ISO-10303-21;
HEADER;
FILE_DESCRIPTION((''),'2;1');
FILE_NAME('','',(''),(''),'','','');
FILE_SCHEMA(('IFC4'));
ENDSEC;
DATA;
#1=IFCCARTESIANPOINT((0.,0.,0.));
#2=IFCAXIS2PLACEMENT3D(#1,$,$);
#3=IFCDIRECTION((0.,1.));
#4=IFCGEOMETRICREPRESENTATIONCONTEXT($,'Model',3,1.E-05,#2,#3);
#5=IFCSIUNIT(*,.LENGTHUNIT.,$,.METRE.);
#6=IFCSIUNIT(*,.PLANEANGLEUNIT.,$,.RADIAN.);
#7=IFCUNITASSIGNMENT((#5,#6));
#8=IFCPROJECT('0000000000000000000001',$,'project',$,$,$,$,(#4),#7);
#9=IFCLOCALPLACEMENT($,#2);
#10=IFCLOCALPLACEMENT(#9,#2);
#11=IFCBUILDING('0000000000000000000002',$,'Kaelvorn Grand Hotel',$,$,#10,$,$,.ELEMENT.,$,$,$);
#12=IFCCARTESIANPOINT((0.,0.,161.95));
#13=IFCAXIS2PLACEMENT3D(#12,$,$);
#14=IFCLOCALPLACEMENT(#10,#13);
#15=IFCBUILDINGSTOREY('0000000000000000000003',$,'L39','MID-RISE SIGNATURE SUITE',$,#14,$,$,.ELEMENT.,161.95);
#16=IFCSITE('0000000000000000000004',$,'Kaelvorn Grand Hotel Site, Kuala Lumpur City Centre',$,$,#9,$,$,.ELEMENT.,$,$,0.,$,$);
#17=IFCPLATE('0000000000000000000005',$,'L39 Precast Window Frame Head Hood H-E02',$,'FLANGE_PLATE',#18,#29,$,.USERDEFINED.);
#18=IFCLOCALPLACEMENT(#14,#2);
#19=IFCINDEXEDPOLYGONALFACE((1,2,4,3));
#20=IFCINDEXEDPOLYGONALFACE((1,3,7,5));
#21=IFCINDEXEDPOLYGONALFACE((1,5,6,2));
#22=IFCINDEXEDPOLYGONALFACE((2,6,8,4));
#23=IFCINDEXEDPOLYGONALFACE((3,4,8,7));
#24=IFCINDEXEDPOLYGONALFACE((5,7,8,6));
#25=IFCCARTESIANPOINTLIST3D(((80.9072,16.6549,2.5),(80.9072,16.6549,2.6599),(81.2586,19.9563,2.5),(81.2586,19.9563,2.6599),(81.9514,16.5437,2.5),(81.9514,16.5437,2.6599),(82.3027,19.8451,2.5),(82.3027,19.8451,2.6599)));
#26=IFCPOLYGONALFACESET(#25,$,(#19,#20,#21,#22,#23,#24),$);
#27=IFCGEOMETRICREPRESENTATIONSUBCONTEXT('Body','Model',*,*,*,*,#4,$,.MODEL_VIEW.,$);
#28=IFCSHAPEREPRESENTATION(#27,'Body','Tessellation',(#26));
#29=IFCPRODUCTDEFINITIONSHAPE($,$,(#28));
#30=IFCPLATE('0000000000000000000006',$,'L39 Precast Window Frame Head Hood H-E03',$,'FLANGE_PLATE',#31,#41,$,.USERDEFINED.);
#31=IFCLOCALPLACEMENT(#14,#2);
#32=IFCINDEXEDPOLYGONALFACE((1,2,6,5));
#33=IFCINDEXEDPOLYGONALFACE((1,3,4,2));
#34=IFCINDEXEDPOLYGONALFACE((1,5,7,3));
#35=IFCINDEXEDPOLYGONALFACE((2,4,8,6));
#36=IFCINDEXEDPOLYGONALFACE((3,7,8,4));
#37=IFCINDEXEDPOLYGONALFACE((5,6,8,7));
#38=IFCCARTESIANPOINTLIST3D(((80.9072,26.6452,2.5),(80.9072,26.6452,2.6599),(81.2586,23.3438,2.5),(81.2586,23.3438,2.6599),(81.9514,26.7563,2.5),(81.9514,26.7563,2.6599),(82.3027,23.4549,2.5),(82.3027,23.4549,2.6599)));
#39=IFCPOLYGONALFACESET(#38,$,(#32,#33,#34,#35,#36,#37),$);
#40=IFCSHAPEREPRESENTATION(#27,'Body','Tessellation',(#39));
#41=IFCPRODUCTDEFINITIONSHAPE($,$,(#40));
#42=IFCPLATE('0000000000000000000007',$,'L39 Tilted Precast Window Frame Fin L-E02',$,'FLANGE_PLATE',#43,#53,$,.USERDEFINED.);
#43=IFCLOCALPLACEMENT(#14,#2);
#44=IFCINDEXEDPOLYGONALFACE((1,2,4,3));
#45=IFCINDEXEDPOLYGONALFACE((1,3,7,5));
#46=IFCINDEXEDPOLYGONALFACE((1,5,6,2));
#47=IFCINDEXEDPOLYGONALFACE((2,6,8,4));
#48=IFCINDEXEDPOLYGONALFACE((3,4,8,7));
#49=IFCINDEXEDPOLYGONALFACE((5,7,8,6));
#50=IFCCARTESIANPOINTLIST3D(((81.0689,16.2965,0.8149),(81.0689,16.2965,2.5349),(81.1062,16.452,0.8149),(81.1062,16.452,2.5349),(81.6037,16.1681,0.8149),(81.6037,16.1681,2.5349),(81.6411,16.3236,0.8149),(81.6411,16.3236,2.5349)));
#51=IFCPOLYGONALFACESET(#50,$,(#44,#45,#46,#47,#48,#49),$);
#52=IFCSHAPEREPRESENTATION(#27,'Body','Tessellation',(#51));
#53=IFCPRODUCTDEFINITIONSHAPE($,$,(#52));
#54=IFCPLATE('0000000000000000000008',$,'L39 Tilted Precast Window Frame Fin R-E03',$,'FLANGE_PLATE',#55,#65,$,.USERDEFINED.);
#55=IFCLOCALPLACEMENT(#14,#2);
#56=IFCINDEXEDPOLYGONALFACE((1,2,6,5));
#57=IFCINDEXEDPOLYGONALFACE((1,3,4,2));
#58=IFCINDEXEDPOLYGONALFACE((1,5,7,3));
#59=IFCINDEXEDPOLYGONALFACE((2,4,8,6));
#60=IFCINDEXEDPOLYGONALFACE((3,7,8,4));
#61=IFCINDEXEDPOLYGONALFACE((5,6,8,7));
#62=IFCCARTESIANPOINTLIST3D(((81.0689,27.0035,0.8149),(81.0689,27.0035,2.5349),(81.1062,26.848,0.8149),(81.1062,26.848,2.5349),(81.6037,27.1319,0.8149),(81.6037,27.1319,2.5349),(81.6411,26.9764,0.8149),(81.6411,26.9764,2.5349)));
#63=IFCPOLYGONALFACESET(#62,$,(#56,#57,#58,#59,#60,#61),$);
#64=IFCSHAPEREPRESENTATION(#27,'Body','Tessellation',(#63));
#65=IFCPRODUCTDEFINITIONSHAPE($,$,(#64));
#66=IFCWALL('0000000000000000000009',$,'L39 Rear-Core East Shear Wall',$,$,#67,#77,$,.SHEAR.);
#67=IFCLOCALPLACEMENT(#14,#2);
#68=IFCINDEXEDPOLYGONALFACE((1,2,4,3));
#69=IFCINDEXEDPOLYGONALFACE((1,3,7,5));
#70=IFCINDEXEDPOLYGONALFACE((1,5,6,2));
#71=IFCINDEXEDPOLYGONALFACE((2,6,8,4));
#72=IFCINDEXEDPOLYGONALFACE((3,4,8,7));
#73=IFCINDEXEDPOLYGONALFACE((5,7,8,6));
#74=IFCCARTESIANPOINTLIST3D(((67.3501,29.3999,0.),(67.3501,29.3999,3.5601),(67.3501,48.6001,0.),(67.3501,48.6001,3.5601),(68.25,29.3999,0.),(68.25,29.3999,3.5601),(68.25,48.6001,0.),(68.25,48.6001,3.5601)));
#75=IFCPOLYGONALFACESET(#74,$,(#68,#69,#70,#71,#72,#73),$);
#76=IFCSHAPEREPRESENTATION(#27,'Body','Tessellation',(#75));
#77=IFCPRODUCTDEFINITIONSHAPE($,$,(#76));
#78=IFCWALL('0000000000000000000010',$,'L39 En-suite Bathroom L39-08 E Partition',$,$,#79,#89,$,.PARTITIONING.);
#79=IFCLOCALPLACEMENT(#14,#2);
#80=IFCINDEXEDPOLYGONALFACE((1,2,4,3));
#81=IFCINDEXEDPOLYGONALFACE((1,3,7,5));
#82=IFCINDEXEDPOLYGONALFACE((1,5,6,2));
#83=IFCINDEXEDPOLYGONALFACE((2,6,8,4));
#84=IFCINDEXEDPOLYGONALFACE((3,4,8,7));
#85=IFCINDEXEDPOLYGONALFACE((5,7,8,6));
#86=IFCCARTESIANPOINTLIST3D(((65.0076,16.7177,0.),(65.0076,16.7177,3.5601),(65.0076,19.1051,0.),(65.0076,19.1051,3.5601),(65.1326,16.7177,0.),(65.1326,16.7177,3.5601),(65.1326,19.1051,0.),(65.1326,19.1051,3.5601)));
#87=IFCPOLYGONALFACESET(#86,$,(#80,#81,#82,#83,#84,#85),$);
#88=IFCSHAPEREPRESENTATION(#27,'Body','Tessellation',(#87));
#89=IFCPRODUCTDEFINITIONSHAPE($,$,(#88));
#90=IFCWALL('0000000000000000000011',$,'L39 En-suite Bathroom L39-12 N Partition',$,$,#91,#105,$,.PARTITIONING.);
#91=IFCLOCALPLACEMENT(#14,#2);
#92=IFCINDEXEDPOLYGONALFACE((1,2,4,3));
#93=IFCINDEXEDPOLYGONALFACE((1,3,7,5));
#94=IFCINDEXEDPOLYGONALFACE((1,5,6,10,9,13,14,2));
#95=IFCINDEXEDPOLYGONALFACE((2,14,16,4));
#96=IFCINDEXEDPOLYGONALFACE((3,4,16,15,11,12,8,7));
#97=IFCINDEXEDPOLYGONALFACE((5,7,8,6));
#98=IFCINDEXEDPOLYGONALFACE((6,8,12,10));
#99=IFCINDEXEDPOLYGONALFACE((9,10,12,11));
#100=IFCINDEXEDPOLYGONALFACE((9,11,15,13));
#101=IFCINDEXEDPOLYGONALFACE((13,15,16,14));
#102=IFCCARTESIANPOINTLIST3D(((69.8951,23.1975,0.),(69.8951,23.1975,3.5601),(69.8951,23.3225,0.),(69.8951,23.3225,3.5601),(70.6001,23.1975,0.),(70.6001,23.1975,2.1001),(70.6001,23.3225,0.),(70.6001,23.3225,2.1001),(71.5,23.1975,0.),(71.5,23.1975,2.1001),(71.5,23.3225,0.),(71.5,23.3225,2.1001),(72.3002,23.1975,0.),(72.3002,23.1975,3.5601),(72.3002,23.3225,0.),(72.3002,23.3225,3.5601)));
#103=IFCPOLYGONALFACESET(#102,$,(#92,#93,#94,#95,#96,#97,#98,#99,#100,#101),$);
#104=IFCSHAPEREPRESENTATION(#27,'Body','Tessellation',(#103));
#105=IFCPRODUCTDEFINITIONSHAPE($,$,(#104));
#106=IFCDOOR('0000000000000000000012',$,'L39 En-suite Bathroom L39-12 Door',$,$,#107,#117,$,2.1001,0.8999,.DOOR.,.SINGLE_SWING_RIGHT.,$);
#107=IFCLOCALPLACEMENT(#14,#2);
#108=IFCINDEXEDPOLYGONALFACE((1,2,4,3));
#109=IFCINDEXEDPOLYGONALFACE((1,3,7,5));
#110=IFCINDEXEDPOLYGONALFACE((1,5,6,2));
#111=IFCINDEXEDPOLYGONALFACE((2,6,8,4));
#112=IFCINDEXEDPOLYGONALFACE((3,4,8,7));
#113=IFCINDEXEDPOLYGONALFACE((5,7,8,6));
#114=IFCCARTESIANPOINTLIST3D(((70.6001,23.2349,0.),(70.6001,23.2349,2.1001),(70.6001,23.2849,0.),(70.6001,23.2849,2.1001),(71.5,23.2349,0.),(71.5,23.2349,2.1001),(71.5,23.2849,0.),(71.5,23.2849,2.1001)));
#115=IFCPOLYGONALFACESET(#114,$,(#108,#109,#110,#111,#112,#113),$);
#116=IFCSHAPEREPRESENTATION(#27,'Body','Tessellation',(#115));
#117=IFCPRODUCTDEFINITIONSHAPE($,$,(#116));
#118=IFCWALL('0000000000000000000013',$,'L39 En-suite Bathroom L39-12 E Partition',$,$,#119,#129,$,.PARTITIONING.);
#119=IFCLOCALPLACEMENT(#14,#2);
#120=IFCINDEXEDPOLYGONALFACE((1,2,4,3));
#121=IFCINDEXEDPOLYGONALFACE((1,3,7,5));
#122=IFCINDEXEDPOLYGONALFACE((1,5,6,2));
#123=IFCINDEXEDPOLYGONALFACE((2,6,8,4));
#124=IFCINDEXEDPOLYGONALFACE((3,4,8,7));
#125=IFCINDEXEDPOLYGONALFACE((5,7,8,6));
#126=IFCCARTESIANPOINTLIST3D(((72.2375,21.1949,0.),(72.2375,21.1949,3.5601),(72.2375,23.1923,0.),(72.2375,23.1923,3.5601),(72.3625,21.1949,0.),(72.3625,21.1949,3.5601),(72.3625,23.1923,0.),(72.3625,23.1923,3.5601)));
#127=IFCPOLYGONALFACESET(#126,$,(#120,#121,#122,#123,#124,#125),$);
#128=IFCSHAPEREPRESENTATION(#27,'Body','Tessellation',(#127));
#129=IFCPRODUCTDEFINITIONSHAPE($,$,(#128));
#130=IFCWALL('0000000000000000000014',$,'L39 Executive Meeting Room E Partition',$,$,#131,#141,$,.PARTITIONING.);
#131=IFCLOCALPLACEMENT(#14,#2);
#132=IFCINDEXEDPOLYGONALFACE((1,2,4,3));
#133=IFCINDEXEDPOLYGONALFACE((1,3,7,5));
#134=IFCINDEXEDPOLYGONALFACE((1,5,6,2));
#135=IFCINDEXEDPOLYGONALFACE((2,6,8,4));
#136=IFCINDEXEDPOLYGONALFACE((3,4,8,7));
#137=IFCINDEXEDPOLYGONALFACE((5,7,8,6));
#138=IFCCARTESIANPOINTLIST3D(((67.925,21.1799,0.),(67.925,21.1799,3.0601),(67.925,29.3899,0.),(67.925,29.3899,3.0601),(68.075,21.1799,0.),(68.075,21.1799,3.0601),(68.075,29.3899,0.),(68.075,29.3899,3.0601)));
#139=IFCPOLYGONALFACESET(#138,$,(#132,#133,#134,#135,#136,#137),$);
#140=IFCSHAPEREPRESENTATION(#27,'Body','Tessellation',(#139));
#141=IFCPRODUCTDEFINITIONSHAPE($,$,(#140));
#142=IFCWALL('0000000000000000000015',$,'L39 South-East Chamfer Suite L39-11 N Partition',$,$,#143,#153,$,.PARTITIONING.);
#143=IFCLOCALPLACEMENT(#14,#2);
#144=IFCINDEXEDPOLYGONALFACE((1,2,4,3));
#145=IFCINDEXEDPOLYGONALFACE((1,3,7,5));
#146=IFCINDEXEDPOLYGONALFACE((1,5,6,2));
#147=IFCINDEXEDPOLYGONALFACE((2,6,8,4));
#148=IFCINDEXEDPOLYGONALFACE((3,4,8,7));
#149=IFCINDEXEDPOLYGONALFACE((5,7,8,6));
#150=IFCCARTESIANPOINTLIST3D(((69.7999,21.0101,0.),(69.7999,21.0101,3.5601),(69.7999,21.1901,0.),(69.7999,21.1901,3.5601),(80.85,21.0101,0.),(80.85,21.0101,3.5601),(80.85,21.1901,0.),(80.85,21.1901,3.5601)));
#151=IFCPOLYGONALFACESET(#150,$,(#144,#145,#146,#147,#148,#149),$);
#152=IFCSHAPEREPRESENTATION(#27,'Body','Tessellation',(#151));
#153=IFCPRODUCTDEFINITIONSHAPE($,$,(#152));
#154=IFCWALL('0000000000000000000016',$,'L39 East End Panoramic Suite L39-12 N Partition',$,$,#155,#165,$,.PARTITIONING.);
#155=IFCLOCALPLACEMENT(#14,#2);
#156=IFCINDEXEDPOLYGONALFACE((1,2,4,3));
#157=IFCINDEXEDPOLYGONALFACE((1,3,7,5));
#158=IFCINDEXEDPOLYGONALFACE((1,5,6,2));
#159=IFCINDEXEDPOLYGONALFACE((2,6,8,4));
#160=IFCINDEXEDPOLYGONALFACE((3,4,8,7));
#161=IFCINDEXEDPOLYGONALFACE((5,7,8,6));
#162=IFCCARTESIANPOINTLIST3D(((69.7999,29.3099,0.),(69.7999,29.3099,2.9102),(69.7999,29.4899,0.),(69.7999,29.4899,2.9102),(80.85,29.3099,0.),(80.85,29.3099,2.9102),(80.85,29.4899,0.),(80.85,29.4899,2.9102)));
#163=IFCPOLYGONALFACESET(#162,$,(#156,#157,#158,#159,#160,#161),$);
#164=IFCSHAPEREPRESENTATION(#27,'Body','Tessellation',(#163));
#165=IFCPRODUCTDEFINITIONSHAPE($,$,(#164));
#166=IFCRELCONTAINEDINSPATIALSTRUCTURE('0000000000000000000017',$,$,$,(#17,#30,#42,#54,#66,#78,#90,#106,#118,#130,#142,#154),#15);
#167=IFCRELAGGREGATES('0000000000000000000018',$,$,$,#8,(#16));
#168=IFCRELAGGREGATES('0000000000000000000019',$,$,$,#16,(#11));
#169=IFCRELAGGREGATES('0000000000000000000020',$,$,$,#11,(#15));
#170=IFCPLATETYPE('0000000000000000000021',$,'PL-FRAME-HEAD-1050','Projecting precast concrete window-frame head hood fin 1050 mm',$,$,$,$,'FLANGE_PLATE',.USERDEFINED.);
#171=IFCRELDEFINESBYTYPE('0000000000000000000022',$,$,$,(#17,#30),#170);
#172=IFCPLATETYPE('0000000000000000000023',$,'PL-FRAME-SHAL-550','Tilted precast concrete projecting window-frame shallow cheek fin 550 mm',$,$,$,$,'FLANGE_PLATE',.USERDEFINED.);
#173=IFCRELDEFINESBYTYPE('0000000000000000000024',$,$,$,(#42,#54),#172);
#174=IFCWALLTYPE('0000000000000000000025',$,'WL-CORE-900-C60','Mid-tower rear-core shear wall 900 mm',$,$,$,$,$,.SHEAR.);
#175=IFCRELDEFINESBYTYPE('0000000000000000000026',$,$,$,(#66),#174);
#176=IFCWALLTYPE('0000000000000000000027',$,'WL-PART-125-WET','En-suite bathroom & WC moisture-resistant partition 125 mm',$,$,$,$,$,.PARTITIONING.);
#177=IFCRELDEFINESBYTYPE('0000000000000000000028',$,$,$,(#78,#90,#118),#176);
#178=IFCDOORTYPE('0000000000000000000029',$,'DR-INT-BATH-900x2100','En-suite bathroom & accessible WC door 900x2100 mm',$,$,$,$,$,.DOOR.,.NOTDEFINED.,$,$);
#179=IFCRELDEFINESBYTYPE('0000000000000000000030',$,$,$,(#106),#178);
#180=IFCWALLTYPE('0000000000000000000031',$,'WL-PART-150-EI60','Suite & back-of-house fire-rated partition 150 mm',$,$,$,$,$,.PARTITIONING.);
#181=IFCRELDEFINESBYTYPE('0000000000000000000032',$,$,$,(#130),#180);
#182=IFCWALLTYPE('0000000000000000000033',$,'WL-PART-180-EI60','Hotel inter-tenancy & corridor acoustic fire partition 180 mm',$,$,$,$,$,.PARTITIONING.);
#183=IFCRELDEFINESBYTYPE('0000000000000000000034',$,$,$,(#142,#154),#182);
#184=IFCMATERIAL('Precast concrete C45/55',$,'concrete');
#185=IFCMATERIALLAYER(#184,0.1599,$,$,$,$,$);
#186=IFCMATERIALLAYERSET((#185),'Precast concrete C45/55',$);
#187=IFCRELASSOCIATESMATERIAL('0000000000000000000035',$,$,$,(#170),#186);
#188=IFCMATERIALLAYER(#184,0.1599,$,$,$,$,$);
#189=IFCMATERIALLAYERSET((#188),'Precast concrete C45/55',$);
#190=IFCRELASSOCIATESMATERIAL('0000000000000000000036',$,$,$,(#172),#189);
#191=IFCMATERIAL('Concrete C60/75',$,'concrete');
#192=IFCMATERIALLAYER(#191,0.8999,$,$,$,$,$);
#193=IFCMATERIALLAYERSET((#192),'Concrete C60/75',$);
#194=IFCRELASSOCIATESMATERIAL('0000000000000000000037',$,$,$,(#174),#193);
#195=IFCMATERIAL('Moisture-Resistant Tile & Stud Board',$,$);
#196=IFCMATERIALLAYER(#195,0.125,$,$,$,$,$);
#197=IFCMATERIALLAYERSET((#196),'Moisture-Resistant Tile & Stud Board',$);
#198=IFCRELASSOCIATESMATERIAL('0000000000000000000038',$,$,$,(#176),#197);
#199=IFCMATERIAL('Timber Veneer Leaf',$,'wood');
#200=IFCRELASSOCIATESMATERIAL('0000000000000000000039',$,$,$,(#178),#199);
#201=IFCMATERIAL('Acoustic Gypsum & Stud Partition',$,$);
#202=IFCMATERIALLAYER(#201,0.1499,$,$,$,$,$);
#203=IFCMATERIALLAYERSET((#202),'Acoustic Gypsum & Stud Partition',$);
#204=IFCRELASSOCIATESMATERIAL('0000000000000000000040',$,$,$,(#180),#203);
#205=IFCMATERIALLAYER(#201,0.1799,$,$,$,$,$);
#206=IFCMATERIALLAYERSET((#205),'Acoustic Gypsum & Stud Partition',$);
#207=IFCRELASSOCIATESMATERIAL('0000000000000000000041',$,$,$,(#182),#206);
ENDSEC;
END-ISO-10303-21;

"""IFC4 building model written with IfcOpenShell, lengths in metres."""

from ifc_helpers import new_model, si_unit, direction, frame, frame_2d, origin, origin_2d, place, context, subcontext, project, spatial, rectangle, extrude, material, layer, layer_set, type_object, element, fill, save


model = new_model("IFC4")

# Units and contexts
model_context = context("Model", 3, precision=1e-05, world=origin(), true_north=direction((0.0, 1.0)))
body_context = subcontext(model_context, "Body", "Model", "MODEL_VIEW")
ifc_project = project(units=[si_unit("LENGTHUNIT", "METRE"), si_unit("PLANEANGLEUNIT", "RADIAN")], contexts=[model_context])

# Site, building, storey
site_placement = place(None, origin())
site = spatial("IfcSite", under=ifc_project, at=site_placement, Name="Kaelvorn Grand Hotel Site, Kuala Lumpur City Centre", CompositionType="ELEMENT", RefElevation=0.0)
building_placement = place(site_placement, origin())
building = spatial("IfcBuilding", under=site, at=building_placement, Name="Kaelvorn Grand Hotel", CompositionType="ELEMENT")
storey_placement = place(building_placement, frame((0.0, 0.0, 161.95)))
storey = spatial("IfcBuildingStorey", under=building, at=storey_placement, Name="L39", Description="MID-RISE SIGNATURE SUITE", CompositionType="ELEMENT", Elevation=161.95)

# Shared definitions
ifc_material_1 = material(Name="Concrete C60/75", Category="concrete")

# Plates
ifc_material_2 = material(Name="Precast concrete C45/55", Category="concrete")
ifc_layer_1 = layer(ifc_material_2, 0.1599)
ifc_layer_set_1 = layer_set([ifc_layer_1], Name="Precast concrete C45/55")
plate_type_1 = type_object("IfcPlateType", Name="PL-FRAME-HEAD-1050", Description="Projecting precast concrete window-frame head hood fin 1050 mm", ElementType="FLANGE_PLATE", PredefinedType="USERDEFINED", material=ifc_layer_set_1)
for number, where, z_axis, x_axis, name in (
    (1, (81.605, 18.25, 2.5), (0.0, 0.0, 1.0), (0.10583, 0.994384, 0.0), "L39 Precast Window Frame Head Hood H-E02"),
    (2, (81.605, 25.05, 2.5), (0.0, 0.0, 1.0), (-0.10583, 0.994384, 0.0), "L39 Precast Window Frame Head Hood H-E03"),
):
    element("IfcPlate", number, at=place(storey_placement, frame(where, z_axis=z_axis, x_axis=x_axis)), inside=storey, type_object=plate_type_1, Name=name, ObjectType="FLANGE_PLATE", PredefinedType="USERDEFINED", context=body_context, shape_type="SweptSolid", body=[
        extrude(rectangle(XDim=3.3201, YDim=1.05, at=origin_2d()), origin(), (0.0, 0.0, 1.0), 0.1599),
    ])
ifc_layer_2 = layer(ifc_material_2, 0.1599)
ifc_layer_set_2 = layer_set([ifc_layer_2], Name="Precast concrete C45/55")
plate_type_2 = type_object("IfcPlateType", Name="PL-FRAME-SHAL-550", Description="Tilted precast concrete projecting window-frame shallow cheek fin 550 mm", ElementType="FLANGE_PLATE", PredefinedType="USERDEFINED", material=ifc_layer_set_2)
for number, where, z_axis, x_axis, name in (
    (3, (81.355, 16.3101, 0.8149), (0.0, 0.0, 1.0), (0.233445, 0.97237, 0.0), "L39 Tilted Precast Window Frame Fin L-E02"),
    (4, (81.355, 26.99, 0.8149), (0.0, 0.0, 1.0), (-0.233445, 0.97237, 0.0), "L39 Tilted Precast Window Frame Fin R-E03"),
):
    element("IfcPlate", number, at=place(storey_placement, frame(where, z_axis=z_axis, x_axis=x_axis)), inside=storey, type_object=plate_type_2, Name=name, ObjectType="FLANGE_PLATE", PredefinedType="USERDEFINED", context=body_context, shape_type="SweptSolid", body=[
        extrude(rectangle(XDim=0.1599, YDim=0.55, at=origin_2d()), origin(), (0.0, 0.0, 1.0), 1.72),
    ])

# Walls
ifc_layer_3 = layer(ifc_material_1, 0.8999)
ifc_layer_set_3 = layer_set([ifc_layer_3], Name="Concrete C60/75")
wall_type_1 = type_object("IfcWallType", Name="WL-CORE-900-C60", Description="Mid-tower rear-core shear wall 900 mm", PredefinedType="SHEAR", material=ifc_layer_set_3)
wall_1_placement = place(storey_placement, frame((67.8, 29.3999, 0.0), z_axis=(0.0, 0.0, 1.0), x_axis=(0.0, 1.0, 0.0)))
element("IfcWall", 5, at=wall_1_placement, inside=storey, type_object=wall_type_1, Name="L39 Rear-Core East Shear Wall", PredefinedType="SHEAR", context=body_context, shape_type="SweptSolid", body=[
    extrude(rectangle(XDim=19.2002, YDim=0.8999, at=frame_2d((9.6001, 0.0))), origin(), (0.0, 0.0, 1.0), 3.5601),
])
ifc_material_3 = material(Name="Moisture-Resistant Tile & Stud Board")
ifc_layer_4 = layer(ifc_material_3, 0.125)
ifc_layer_set_4 = layer_set([ifc_layer_4], Name="Moisture-Resistant Tile & Stud Board")
wall_type_2 = type_object("IfcWallType", Name="WL-PART-125-WET", Description="En-suite bathroom & WC moisture-resistant partition 125 mm", PredefinedType="PARTITIONING", material=ifc_layer_set_4)
wall_2_placement = place(storey_placement, frame((65.0701, 16.7175, 0.0), z_axis=(0.0, 0.0, 1.0), x_axis=(0.0, 1.0, 0.0)))
element("IfcWall", 6, at=wall_2_placement, inside=storey, type_object=wall_type_2, Name="L39 En-suite Bathroom L39-08 E Partition", PredefinedType="PARTITIONING", context=body_context, shape_type="SweptSolid", body=[
    extrude(rectangle(XDim=2.3875, YDim=0.125, at=frame_2d((1.1938, 0.0))), origin(), (0.0, 0.0, 1.0), 3.5601),
])

# Wall, opening, door
wall_3_placement = place(storey_placement, frame((69.895, 23.26, 0.0), z_axis=(0.0, 0.0, 1.0), x_axis=(1.0, 0.0, 0.0)))
wall_3 = element("IfcWall", 7, at=wall_3_placement, inside=storey, type_object=wall_type_2, Name="L39 En-suite Bathroom L39-12 N Partition", PredefinedType="PARTITIONING", context=body_context, shape_type="SweptSolid", body=[
    extrude(rectangle(XDim=2.405, YDim=0.125, at=frame_2d((1.2026, 0.0))), origin(), (0.0, 0.0, 1.0), 3.5601),
])
opening_1_placement = place(wall_3_placement, frame((0.7051, 0.0, 0.0)))
opening_1 = element("IfcOpeningElement", 8, at=opening_1_placement, cuts=wall_3, PredefinedType="OPENING", context=body_context, shape_type="SweptSolid", body=[
    extrude(rectangle(XDim=0.8999, YDim=2.1001, at=frame_2d((0.45, 1.05))), frame((0.0, 0.0725, 0.0), z_axis=(0.0, -1.0, 0.0), x_axis=(1.0, 0.0, 0.0)), (0.0, 0.0, 1.0), 0.145),
])
ifc_material_4 = material(Name="Timber Veneer Leaf", Category="wood")
door_type_1 = type_object("IfcDoorType", Name="DR-INT-BATH-900x2100", Description="En-suite bathroom & accessible WC door 900x2100 mm", OperationType="NOTDEFINED", PredefinedType="DOOR", material=ifc_material_4)
door_1_placement = place(opening_1_placement, origin())
door_1 = element("IfcDoor", 9, at=door_1_placement, inside=storey, type_object=door_type_1, Name="L39 En-suite Bathroom L39-12 Door", OperationType="SINGLE_SWING_RIGHT", OverallHeight=2.1001, OverallWidth=0.8999, PredefinedType="DOOR", context=body_context, shape_type="SweptSolid", body=[
    extrude(rectangle(XDim=0.8999, YDim=2.1001, at=frame_2d((0.45, 1.05))), frame((0.0, 0.0249, 0.0), z_axis=(0.0, -1.0, 0.0), x_axis=(1.0, 0.0, 0.0)), (0.0, 0.0, 1.0), 0.05),
])
fill(opening_1, door_1)

# Walls
wall_4_placement = place(storey_placement, frame((72.3, 21.1951, 0.0), z_axis=(0.0, 0.0, 1.0), x_axis=(0.0, 1.0, 0.0)))
element("IfcWall", 10, at=wall_4_placement, inside=storey, type_object=wall_type_2, Name="L39 En-suite Bathroom L39-12 E Partition", PredefinedType="PARTITIONING", context=body_context, shape_type="SweptSolid", body=[
    extrude(rectangle(XDim=1.9973, YDim=0.125, at=frame_2d((0.9985, 0.0))), origin(), (0.0, 0.0, 1.0), 3.5601),
])
ifc_material_5 = material(Name="Acoustic Gypsum & Stud Partition")
ifc_layer_5 = layer(ifc_material_5, 0.1499)
ifc_layer_set_5 = layer_set([ifc_layer_5], Name="Acoustic Gypsum & Stud Partition")
wall_type_3 = type_object("IfcWallType", Name="WL-PART-150-EI60", Description="Suite & back-of-house fire-rated partition 150 mm", PredefinedType="PARTITIONING", material=ifc_layer_set_5)
wall_5_placement = place(storey_placement, frame((68.0, 21.1799, 0.0), z_axis=(0.0, 0.0, 1.0), x_axis=(0.0, 1.0, 0.0)))
element("IfcWall", 11, at=wall_5_placement, inside=storey, type_object=wall_type_3, Name="L39 Executive Meeting Room E Partition", PredefinedType="PARTITIONING", context=body_context, shape_type="SweptSolid", body=[
    extrude(rectangle(XDim=8.21, YDim=0.1499, at=frame_2d((4.105, 0.0))), origin(), (0.0, 0.0, 1.0), 3.0601),
])
ifc_layer_6 = layer(ifc_material_5, 0.1799)
ifc_layer_set_6 = layer_set([ifc_layer_6], Name="Acoustic Gypsum & Stud Partition")
wall_type_4 = type_object("IfcWallType", Name="WL-PART-180-EI60", Description="Hotel inter-tenancy & corridor acoustic fire partition 180 mm", PredefinedType="PARTITIONING", material=ifc_layer_set_6)
wall_6_placement = place(storey_placement, frame((69.8, 21.1001, 0.0), z_axis=(0.0, 0.0, 1.0), x_axis=(1.0, 0.0, 0.0)))
element("IfcWall", 12, at=wall_6_placement, inside=storey, type_object=wall_type_4, Name="L39 South-East Chamfer Suite L39-11 N Partition", PredefinedType="PARTITIONING", context=body_context, shape_type="SweptSolid", body=[
    extrude(rectangle(XDim=11.05, YDim=0.1799, at=frame_2d((5.5249, 0.0))), origin(), (0.0, 0.0, 1.0), 3.5601),
])

# Wall
wall_7_placement = place(storey_placement, frame((69.8, 29.3999, 0.0), z_axis=(0.0, 0.0, 1.0), x_axis=(1.0, 0.0, 0.0)))
element("IfcWall", 13, at=wall_7_placement, inside=storey, type_object=wall_type_4, Name="L39 East End Panoramic Suite L39-12 N Partition", PredefinedType="PARTITIONING", context=body_context, shape_type="SweptSolid", body=[
    extrude(rectangle(XDim=11.05, YDim=0.1799, at=frame_2d((5.5249, 0.0))), origin(), (0.0, 0.0, 1.0), 2.9102),
])

save(model, "model.ifc")
